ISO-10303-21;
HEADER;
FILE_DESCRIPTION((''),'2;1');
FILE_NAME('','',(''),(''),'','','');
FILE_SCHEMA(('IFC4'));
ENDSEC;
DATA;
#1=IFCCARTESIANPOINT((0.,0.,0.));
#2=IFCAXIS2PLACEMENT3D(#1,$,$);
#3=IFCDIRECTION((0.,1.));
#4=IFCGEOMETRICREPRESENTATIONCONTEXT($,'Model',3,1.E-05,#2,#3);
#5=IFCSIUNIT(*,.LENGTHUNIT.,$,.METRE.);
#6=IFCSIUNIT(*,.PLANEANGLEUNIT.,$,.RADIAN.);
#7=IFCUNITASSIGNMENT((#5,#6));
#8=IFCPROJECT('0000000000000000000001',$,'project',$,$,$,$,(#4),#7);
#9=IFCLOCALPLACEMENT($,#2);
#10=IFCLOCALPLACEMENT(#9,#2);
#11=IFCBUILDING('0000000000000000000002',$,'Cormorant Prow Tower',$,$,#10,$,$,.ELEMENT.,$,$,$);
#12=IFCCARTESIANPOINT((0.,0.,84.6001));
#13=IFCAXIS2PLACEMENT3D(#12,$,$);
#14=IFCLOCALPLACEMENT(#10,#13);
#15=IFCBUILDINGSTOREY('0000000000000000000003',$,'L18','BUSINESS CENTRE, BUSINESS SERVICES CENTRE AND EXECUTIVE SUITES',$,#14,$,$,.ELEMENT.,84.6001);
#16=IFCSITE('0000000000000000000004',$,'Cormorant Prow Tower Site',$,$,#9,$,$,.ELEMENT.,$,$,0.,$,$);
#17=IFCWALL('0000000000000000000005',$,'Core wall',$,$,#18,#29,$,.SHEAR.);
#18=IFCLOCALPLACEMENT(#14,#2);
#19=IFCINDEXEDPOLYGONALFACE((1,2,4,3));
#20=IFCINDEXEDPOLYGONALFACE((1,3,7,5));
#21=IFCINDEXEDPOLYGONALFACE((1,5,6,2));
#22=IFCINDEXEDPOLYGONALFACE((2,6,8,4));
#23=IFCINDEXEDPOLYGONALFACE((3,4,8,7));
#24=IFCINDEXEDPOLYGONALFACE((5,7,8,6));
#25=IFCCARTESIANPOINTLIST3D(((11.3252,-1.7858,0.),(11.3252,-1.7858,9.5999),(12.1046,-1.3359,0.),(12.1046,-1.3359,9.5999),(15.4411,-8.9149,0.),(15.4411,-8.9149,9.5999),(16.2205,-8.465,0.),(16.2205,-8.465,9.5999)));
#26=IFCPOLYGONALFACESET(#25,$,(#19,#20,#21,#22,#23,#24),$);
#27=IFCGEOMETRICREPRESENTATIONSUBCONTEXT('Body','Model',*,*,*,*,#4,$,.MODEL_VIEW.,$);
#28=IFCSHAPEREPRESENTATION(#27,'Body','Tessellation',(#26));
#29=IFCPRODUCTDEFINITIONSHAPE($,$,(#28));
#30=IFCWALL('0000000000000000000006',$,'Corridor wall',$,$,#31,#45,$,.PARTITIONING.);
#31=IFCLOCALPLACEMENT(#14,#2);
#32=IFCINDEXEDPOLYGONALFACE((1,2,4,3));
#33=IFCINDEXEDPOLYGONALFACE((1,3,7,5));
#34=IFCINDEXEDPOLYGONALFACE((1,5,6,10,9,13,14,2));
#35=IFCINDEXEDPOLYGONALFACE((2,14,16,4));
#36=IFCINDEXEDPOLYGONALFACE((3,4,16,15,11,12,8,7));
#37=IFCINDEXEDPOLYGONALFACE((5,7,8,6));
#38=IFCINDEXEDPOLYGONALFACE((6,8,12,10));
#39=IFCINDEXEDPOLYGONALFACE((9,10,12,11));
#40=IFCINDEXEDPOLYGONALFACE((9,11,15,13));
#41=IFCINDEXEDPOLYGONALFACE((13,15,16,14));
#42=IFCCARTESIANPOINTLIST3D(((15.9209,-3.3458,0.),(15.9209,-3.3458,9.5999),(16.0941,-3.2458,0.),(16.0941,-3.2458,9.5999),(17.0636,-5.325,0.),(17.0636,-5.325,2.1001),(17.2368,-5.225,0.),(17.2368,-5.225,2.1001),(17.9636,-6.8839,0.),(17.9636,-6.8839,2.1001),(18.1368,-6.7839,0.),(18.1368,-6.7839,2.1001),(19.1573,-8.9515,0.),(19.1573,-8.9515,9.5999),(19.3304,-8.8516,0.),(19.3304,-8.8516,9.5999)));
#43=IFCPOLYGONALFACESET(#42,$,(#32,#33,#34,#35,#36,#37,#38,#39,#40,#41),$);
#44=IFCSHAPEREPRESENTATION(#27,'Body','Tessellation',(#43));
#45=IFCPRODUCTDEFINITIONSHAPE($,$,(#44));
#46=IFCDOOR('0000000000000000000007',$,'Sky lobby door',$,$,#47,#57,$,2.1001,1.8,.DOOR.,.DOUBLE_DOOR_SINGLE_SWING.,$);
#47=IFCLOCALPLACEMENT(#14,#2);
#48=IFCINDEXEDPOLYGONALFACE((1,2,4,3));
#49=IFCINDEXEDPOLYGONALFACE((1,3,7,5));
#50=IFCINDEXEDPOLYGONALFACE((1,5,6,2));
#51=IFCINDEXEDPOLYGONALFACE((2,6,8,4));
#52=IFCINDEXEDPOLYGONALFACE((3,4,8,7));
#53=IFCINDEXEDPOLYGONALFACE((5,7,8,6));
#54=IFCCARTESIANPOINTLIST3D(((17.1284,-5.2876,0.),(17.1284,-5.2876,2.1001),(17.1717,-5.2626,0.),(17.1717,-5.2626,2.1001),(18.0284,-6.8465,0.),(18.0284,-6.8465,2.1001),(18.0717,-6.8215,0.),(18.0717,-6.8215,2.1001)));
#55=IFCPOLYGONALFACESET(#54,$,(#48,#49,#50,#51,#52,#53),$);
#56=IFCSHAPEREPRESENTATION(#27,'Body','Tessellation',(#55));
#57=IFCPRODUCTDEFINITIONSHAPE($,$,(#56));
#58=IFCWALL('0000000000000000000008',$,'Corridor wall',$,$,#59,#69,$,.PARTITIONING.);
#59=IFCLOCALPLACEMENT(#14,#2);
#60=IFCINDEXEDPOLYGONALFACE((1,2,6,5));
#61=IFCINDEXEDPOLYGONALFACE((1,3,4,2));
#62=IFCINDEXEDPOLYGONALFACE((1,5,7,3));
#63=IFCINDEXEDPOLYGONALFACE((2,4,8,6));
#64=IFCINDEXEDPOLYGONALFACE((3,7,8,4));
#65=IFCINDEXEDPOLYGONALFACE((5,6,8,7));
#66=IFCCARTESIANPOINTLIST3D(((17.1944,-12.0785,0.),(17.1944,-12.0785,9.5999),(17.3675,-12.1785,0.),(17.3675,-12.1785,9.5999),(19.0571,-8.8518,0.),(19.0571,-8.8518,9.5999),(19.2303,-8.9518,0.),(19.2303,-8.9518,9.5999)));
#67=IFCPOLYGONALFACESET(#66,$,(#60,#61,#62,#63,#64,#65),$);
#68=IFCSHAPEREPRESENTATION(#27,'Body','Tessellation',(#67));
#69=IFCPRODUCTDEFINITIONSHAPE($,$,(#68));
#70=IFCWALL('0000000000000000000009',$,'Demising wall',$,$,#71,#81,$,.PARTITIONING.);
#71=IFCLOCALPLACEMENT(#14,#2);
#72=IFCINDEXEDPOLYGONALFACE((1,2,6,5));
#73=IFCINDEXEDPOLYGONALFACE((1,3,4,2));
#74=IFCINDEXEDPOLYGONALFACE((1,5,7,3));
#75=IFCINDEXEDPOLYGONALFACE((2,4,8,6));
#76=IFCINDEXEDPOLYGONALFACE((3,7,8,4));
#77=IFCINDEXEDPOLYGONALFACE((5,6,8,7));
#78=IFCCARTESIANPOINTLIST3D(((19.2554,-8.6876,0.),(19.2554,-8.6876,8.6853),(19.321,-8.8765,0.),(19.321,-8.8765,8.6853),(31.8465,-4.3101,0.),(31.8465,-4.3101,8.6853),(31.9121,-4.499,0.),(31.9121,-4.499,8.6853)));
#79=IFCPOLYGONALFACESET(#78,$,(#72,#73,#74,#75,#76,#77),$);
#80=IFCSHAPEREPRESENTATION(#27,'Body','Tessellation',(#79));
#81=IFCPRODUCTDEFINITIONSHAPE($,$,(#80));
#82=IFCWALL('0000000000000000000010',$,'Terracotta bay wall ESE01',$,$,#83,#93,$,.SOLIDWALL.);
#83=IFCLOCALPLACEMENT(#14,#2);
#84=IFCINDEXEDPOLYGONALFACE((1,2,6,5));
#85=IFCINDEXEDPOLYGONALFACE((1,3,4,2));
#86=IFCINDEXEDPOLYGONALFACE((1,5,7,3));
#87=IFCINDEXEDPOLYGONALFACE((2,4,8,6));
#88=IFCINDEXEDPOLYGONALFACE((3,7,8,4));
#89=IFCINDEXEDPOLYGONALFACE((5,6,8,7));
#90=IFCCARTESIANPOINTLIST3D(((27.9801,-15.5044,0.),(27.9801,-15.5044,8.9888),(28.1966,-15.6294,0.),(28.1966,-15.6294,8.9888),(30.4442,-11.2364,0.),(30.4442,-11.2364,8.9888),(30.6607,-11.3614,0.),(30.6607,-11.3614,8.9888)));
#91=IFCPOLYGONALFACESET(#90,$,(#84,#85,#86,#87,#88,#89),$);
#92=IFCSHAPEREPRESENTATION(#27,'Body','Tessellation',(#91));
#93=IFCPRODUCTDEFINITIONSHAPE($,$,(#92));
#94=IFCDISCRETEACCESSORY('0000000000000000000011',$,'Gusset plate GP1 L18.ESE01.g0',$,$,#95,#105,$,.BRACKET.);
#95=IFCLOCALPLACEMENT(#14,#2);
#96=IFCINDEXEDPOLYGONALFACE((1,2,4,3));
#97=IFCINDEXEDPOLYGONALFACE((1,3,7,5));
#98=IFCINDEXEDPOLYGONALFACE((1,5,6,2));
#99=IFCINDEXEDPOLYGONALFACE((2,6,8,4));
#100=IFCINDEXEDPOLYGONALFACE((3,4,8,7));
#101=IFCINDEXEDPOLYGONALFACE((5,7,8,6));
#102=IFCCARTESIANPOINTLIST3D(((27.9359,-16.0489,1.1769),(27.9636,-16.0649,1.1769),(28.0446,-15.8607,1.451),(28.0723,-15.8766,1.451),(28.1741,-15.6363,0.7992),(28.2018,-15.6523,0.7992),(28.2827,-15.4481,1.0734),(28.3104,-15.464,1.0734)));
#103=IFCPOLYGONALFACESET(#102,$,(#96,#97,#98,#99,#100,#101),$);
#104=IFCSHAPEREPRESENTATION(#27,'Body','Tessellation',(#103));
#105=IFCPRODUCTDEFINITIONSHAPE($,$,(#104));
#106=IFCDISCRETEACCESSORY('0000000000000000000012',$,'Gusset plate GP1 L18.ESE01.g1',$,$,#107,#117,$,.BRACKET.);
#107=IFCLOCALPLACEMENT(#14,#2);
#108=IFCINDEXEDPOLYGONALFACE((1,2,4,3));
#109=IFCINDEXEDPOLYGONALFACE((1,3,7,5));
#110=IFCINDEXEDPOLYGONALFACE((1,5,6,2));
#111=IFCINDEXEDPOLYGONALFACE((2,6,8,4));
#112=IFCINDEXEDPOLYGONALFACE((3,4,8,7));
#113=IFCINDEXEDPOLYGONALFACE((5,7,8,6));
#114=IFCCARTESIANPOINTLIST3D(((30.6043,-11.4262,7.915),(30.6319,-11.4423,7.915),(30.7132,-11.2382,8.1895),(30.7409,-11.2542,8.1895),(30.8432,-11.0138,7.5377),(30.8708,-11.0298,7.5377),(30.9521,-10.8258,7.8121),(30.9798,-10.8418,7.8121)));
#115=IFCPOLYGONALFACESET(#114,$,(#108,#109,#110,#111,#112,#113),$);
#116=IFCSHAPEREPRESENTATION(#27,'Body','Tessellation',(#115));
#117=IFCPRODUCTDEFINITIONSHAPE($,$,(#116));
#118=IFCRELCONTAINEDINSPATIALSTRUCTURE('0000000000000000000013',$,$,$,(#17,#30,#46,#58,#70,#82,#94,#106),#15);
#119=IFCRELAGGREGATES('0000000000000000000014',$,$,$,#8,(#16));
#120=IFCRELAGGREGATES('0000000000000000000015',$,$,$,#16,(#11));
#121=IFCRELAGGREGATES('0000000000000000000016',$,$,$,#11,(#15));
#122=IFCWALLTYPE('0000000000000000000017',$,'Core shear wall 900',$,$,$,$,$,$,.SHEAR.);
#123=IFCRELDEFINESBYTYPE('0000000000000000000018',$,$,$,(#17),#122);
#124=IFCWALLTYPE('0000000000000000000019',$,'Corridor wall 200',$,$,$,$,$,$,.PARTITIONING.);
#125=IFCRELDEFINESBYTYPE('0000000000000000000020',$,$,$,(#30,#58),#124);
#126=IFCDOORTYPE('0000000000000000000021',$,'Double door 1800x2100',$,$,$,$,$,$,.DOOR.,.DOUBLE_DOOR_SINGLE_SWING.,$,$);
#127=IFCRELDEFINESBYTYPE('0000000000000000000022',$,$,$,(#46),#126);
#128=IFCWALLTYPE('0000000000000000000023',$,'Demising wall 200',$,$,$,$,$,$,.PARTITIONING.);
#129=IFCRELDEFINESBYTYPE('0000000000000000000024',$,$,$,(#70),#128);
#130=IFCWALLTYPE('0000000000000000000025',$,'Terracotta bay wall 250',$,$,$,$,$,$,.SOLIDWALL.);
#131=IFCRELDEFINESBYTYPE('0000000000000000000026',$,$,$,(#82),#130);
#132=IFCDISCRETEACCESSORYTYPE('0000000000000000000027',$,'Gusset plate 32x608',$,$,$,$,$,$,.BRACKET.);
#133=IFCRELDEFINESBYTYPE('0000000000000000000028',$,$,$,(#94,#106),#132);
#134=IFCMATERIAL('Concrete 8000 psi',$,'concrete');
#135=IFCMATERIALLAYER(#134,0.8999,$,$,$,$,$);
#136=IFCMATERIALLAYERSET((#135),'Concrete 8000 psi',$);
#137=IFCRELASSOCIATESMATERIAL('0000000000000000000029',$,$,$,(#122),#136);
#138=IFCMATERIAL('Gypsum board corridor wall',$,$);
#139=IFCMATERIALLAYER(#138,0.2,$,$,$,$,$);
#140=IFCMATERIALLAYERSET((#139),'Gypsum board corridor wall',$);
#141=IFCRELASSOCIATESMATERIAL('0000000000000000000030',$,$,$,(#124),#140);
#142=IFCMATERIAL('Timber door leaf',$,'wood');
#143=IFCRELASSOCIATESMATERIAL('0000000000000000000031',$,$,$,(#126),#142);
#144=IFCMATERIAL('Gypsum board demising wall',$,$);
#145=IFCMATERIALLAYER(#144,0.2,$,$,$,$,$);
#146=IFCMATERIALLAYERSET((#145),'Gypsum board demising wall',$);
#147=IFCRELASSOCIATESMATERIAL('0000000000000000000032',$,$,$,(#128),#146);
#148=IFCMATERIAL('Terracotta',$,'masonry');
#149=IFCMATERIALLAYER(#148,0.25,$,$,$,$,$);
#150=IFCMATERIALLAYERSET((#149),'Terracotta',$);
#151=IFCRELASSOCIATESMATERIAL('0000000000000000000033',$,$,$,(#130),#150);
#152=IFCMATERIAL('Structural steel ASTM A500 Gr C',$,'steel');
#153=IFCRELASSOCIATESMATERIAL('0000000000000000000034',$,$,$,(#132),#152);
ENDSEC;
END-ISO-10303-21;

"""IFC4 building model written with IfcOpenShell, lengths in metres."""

from ifc_helpers import new_model, si_unit, direction, frame, frame_2d, origin, origin_2d, place, context, subcontext, project, spatial, rectangle, extrude, material, layer, layer_set, material_profile, profile_set, type_object, element, fill, save


model = new_model("IFC4")

# Units and contexts
model_context = context("Model", 3, precision=1e-05, world=origin(), true_north=direction((0.0, 1.0)))
body_context = subcontext(model_context, "Body", "Model", "MODEL_VIEW")
ifc_project = project(units=[si_unit("LENGTHUNIT", "METRE"), si_unit("PLANEANGLEUNIT", "RADIAN")], contexts=[model_context])

# Site, building, storey
site_placement = place(None, origin())
site = spatial("IfcSite", under=ifc_project, at=site_placement, Name="Cormorant Prow Tower Site", CompositionType="ELEMENT", RefElevation=0.0)
building_placement = place(site_placement, origin())
building = spatial("IfcBuilding", under=site, at=building_placement, Name="Cormorant Prow Tower", CompositionType="ELEMENT")
storey_placement = place(building_placement, frame((0.0, 0.0, 84.6001)))
storey = spatial("IfcBuildingStorey", under=building, at=storey_placement, Name="L18", Description="BUSINESS CENTRE, BUSINESS SERVICES CENTRE AND EXECUTIVE SUITES", CompositionType="ELEMENT", Elevation=84.6001)

# Wall
ifc_material_1 = material(Name="Concrete 8000 psi", Category="concrete")
ifc_layer_1 = layer(ifc_material_1, 0.8999)
ifc_layer_set_1 = layer_set([ifc_layer_1], Name="Concrete 8000 psi")
wall_type_1 = type_object("IfcWallType", Name="Core shear wall 900", PredefinedType="SHEAR", material=ifc_layer_set_1)
wall_1_placement = place(storey_placement, frame((15.8308, -8.6899, 0.0), z_axis=(0.0, 0.0, 1.0), x_axis=(-0.499995, 0.866028, 0.0)))
element("IfcWall", 1, at=wall_1_placement, inside=storey, type_object=wall_type_1, Name="Core wall", PredefinedType="SHEAR", context=body_context, shape_type="SweptSolid", body=[
    extrude(rectangle(XDim=8.2319, YDim=0.8999, at=frame_2d((4.116, 0.0))), origin(), (0.0, 0.0, 1.0), 9.5999),
])

# Wall, opening, door
ifc_material_2 = material(Name="Gypsum board corridor wall")
ifc_layer_2 = layer(ifc_material_2, 0.2)
ifc_layer_set_2 = layer_set([ifc_layer_2], Name="Gypsum board corridor wall")
wall_type_2 = type_object("IfcWallType", Name="Corridor wall 200", PredefinedType="PARTITIONING", material=ifc_layer_set_2)
wall_2_placement = place(storey_placement, frame((16.0076, -3.2959, 0.0), z_axis=(0.0, 0.0, 1.0), x_axis=(0.499985, -0.866034, 0.0)))
wall_2 = element("IfcWall", 2, at=wall_2_placement, inside=storey, type_object=wall_type_2, Name="Corridor wall", PredefinedType="PARTITIONING", context=body_context, shape_type="SweptSolid", body=[
    extrude(rectangle(XDim=6.4729, YDim=0.2, at=frame_2d((3.2363, 0.0))), origin(), (0.0, 0.0, 1.0), 9.5999),
])
opening_placement = place(wall_2_placement, frame((2.2854, 0.0, 0.0)))
opening = element("IfcOpeningElement", 3, at=opening_placement, cuts=wall_2, PredefinedType="OPENING", context=body_context, shape_type="SweptSolid", body=[
    extrude(rectangle(XDim=1.8, YDim=2.1001, at=frame_2d((0.8999, 1.05))), frame((0.0, 0.1099, 0.0), z_axis=(0.0, -1.0, 0.0), x_axis=(1.0, 0.0, 0.0)), (0.0, 0.0, 1.0), 0.22),
])
ifc_material_3 = material(Name="Timber door leaf", Category="wood")
door_type = type_object("IfcDoorType", Name="Double door 1800x2100", OperationType="DOUBLE_DOOR_SINGLE_SWING", PredefinedType="DOOR", material=ifc_material_3)
door_placement = place(opening_placement, origin())
door = element("IfcDoor", 4, at=door_placement, inside=storey, type_object=door_type, Name="Sky lobby door", OperationType="DOUBLE_DOOR_SINGLE_SWING", OverallHeight=2.1001, OverallWidth=1.8, PredefinedType="DOOR", context=body_context, shape_type="SweptSolid", body=[
    extrude(rectangle(XDim=1.8, YDim=2.1001, at=frame_2d((0.8999, 1.05))), frame((0.0, 0.0249, 0.0), z_axis=(0.0, -1.0, 0.0), x_axis=(1.0, 0.0, 0.0)), (0.0, 0.0, 1.0), 0.05),
])
fill(opening, door)

# Walls
wall_3_placement = place(storey_placement, frame((17.281, -12.1284, 0.0), z_axis=(0.0, 0.0, 1.0), x_axis=(0.499959, 0.866049, 0.0)))
element("IfcWall", 5, at=wall_3_placement, inside=storey, type_object=wall_type_2, Name="Corridor wall", PredefinedType="PARTITIONING", context=body_context, shape_type="SweptSolid", body=[
    extrude(rectangle(XDim=3.7258, YDim=0.2, at=frame_2d((1.8628, 0.0))), origin(), (0.0, 0.0, 1.0), 9.5999),
])
ifc_material_4 = material(Name="Gypsum board demising wall")
ifc_layer_3 = layer(ifc_material_4, 0.2)
ifc_layer_set_3 = layer_set([ifc_layer_3], Name="Gypsum board demising wall")
wall_type_3 = type_object("IfcWallType", Name="Demising wall 200", PredefinedType="PARTITIONING", material=ifc_layer_set_3)
wall_4_placement = place(storey_placement, frame((19.2883, -8.782, 0.0), z_axis=(0.0, 0.0, 1.0), x_axis=(0.944545, 0.328383, 0.0)))
element("IfcWall", 6, at=wall_4_placement, inside=storey, type_object=wall_type_3, Name="Demising wall", PredefinedType="PARTITIONING", context=body_context, shape_type="SweptSolid", body=[
    extrude(rectangle(XDim=13.3303, YDim=0.2, at=frame_2d((6.665, 0.0))), origin(), (0.0, 0.0, 1.0), 8.6853),
])
ifc_material_5 = material(Name="Terracotta", Category="masonry")
ifc_layer_4 = layer(ifc_material_5, 0.25)
ifc_layer_set_4 = layer_set([ifc_layer_4], Name="Terracotta")
wall_type_4 = type_object("IfcWallType", Name="Terracotta bay wall 250", PredefinedType="SOLIDWALL", material=ifc_layer_set_4)
wall_5_placement = place(storey_placement, frame((28.0884, -15.5669, 0.0), z_axis=(0.0, 0.0, 1.0), x_axis=(0.499991, 0.86603, 0.0)))
element("IfcWall", 7, at=wall_5_placement, inside=storey, type_object=wall_type_4, Name="Terracotta bay wall ESE01", PredefinedType="SOLIDWALL", context=body_context, shape_type="SweptSolid", body=[
    extrude(rectangle(XDim=4.9282, YDim=0.25, at=frame_2d((2.4641, 0.0))), origin(), (0.0, 0.0, 1.0), 8.9888),
])

# Discrete accessories
ifc_material_6 = material(Name="Structural steel ASTM A500 Gr C", Category="steel")
ifc_material_profile_1 = material_profile(ifc_material_6, rectangle(XDim=0.032, YDim=0.6079, at=origin_2d()), Name="Gusset plate 32x608")
ifc_profile_set_1 = profile_set([ifc_material_profile_1], Name="Structural steel ASTM A500 Gr C")
discrete_accessory_type = type_object("IfcDiscreteAccessoryType", Name="Gusset plate 32x608", PredefinedType="BRACKET", material=ifc_profile_set_1)
discrete_accessory_1_placement = place(storey_placement, frame((28.1775, -15.6624, 1.2622), z_axis=(-0.310529, -0.538018, -0.78365), x_axis=(0.866092, -0.499885, 0.0)))
element("IfcDiscreteAccessory", 8, at=discrete_accessory_1_placement, inside=storey, type_object=discrete_accessory_type, Name="Gusset plate GP1 L18.ESE01.g0", PredefinedType="BRACKET", context=body_context, shape_type="SweptSolid", body=[
    extrude(rectangle(XDim=0.032, YDim=0.6079, at=origin_2d()), origin(), (0.0, 0.0, 1.0), 0.3499),
])
discrete_accessory_2_placement = place(storey_placement, frame((30.7375, -11.228, 7.7263), z_axis=(0.311106, 0.537112, 0.784043), x_axis=(-0.865324, 0.501213, 0.0)))
element("IfcDiscreteAccessory", 9, at=discrete_accessory_2_placement, inside=storey, type_object=discrete_accessory_type, Name="Gusset plate GP1 L18.ESE01.g1", PredefinedType="BRACKET", context=body_context, shape_type="SweptSolid", body=[
    extrude(rectangle(XDim=0.032, YDim=0.6079, at=origin_2d()), origin(), (0.0, 0.0, 1.0), 0.3501),
])

save(model, "model.ifc")
